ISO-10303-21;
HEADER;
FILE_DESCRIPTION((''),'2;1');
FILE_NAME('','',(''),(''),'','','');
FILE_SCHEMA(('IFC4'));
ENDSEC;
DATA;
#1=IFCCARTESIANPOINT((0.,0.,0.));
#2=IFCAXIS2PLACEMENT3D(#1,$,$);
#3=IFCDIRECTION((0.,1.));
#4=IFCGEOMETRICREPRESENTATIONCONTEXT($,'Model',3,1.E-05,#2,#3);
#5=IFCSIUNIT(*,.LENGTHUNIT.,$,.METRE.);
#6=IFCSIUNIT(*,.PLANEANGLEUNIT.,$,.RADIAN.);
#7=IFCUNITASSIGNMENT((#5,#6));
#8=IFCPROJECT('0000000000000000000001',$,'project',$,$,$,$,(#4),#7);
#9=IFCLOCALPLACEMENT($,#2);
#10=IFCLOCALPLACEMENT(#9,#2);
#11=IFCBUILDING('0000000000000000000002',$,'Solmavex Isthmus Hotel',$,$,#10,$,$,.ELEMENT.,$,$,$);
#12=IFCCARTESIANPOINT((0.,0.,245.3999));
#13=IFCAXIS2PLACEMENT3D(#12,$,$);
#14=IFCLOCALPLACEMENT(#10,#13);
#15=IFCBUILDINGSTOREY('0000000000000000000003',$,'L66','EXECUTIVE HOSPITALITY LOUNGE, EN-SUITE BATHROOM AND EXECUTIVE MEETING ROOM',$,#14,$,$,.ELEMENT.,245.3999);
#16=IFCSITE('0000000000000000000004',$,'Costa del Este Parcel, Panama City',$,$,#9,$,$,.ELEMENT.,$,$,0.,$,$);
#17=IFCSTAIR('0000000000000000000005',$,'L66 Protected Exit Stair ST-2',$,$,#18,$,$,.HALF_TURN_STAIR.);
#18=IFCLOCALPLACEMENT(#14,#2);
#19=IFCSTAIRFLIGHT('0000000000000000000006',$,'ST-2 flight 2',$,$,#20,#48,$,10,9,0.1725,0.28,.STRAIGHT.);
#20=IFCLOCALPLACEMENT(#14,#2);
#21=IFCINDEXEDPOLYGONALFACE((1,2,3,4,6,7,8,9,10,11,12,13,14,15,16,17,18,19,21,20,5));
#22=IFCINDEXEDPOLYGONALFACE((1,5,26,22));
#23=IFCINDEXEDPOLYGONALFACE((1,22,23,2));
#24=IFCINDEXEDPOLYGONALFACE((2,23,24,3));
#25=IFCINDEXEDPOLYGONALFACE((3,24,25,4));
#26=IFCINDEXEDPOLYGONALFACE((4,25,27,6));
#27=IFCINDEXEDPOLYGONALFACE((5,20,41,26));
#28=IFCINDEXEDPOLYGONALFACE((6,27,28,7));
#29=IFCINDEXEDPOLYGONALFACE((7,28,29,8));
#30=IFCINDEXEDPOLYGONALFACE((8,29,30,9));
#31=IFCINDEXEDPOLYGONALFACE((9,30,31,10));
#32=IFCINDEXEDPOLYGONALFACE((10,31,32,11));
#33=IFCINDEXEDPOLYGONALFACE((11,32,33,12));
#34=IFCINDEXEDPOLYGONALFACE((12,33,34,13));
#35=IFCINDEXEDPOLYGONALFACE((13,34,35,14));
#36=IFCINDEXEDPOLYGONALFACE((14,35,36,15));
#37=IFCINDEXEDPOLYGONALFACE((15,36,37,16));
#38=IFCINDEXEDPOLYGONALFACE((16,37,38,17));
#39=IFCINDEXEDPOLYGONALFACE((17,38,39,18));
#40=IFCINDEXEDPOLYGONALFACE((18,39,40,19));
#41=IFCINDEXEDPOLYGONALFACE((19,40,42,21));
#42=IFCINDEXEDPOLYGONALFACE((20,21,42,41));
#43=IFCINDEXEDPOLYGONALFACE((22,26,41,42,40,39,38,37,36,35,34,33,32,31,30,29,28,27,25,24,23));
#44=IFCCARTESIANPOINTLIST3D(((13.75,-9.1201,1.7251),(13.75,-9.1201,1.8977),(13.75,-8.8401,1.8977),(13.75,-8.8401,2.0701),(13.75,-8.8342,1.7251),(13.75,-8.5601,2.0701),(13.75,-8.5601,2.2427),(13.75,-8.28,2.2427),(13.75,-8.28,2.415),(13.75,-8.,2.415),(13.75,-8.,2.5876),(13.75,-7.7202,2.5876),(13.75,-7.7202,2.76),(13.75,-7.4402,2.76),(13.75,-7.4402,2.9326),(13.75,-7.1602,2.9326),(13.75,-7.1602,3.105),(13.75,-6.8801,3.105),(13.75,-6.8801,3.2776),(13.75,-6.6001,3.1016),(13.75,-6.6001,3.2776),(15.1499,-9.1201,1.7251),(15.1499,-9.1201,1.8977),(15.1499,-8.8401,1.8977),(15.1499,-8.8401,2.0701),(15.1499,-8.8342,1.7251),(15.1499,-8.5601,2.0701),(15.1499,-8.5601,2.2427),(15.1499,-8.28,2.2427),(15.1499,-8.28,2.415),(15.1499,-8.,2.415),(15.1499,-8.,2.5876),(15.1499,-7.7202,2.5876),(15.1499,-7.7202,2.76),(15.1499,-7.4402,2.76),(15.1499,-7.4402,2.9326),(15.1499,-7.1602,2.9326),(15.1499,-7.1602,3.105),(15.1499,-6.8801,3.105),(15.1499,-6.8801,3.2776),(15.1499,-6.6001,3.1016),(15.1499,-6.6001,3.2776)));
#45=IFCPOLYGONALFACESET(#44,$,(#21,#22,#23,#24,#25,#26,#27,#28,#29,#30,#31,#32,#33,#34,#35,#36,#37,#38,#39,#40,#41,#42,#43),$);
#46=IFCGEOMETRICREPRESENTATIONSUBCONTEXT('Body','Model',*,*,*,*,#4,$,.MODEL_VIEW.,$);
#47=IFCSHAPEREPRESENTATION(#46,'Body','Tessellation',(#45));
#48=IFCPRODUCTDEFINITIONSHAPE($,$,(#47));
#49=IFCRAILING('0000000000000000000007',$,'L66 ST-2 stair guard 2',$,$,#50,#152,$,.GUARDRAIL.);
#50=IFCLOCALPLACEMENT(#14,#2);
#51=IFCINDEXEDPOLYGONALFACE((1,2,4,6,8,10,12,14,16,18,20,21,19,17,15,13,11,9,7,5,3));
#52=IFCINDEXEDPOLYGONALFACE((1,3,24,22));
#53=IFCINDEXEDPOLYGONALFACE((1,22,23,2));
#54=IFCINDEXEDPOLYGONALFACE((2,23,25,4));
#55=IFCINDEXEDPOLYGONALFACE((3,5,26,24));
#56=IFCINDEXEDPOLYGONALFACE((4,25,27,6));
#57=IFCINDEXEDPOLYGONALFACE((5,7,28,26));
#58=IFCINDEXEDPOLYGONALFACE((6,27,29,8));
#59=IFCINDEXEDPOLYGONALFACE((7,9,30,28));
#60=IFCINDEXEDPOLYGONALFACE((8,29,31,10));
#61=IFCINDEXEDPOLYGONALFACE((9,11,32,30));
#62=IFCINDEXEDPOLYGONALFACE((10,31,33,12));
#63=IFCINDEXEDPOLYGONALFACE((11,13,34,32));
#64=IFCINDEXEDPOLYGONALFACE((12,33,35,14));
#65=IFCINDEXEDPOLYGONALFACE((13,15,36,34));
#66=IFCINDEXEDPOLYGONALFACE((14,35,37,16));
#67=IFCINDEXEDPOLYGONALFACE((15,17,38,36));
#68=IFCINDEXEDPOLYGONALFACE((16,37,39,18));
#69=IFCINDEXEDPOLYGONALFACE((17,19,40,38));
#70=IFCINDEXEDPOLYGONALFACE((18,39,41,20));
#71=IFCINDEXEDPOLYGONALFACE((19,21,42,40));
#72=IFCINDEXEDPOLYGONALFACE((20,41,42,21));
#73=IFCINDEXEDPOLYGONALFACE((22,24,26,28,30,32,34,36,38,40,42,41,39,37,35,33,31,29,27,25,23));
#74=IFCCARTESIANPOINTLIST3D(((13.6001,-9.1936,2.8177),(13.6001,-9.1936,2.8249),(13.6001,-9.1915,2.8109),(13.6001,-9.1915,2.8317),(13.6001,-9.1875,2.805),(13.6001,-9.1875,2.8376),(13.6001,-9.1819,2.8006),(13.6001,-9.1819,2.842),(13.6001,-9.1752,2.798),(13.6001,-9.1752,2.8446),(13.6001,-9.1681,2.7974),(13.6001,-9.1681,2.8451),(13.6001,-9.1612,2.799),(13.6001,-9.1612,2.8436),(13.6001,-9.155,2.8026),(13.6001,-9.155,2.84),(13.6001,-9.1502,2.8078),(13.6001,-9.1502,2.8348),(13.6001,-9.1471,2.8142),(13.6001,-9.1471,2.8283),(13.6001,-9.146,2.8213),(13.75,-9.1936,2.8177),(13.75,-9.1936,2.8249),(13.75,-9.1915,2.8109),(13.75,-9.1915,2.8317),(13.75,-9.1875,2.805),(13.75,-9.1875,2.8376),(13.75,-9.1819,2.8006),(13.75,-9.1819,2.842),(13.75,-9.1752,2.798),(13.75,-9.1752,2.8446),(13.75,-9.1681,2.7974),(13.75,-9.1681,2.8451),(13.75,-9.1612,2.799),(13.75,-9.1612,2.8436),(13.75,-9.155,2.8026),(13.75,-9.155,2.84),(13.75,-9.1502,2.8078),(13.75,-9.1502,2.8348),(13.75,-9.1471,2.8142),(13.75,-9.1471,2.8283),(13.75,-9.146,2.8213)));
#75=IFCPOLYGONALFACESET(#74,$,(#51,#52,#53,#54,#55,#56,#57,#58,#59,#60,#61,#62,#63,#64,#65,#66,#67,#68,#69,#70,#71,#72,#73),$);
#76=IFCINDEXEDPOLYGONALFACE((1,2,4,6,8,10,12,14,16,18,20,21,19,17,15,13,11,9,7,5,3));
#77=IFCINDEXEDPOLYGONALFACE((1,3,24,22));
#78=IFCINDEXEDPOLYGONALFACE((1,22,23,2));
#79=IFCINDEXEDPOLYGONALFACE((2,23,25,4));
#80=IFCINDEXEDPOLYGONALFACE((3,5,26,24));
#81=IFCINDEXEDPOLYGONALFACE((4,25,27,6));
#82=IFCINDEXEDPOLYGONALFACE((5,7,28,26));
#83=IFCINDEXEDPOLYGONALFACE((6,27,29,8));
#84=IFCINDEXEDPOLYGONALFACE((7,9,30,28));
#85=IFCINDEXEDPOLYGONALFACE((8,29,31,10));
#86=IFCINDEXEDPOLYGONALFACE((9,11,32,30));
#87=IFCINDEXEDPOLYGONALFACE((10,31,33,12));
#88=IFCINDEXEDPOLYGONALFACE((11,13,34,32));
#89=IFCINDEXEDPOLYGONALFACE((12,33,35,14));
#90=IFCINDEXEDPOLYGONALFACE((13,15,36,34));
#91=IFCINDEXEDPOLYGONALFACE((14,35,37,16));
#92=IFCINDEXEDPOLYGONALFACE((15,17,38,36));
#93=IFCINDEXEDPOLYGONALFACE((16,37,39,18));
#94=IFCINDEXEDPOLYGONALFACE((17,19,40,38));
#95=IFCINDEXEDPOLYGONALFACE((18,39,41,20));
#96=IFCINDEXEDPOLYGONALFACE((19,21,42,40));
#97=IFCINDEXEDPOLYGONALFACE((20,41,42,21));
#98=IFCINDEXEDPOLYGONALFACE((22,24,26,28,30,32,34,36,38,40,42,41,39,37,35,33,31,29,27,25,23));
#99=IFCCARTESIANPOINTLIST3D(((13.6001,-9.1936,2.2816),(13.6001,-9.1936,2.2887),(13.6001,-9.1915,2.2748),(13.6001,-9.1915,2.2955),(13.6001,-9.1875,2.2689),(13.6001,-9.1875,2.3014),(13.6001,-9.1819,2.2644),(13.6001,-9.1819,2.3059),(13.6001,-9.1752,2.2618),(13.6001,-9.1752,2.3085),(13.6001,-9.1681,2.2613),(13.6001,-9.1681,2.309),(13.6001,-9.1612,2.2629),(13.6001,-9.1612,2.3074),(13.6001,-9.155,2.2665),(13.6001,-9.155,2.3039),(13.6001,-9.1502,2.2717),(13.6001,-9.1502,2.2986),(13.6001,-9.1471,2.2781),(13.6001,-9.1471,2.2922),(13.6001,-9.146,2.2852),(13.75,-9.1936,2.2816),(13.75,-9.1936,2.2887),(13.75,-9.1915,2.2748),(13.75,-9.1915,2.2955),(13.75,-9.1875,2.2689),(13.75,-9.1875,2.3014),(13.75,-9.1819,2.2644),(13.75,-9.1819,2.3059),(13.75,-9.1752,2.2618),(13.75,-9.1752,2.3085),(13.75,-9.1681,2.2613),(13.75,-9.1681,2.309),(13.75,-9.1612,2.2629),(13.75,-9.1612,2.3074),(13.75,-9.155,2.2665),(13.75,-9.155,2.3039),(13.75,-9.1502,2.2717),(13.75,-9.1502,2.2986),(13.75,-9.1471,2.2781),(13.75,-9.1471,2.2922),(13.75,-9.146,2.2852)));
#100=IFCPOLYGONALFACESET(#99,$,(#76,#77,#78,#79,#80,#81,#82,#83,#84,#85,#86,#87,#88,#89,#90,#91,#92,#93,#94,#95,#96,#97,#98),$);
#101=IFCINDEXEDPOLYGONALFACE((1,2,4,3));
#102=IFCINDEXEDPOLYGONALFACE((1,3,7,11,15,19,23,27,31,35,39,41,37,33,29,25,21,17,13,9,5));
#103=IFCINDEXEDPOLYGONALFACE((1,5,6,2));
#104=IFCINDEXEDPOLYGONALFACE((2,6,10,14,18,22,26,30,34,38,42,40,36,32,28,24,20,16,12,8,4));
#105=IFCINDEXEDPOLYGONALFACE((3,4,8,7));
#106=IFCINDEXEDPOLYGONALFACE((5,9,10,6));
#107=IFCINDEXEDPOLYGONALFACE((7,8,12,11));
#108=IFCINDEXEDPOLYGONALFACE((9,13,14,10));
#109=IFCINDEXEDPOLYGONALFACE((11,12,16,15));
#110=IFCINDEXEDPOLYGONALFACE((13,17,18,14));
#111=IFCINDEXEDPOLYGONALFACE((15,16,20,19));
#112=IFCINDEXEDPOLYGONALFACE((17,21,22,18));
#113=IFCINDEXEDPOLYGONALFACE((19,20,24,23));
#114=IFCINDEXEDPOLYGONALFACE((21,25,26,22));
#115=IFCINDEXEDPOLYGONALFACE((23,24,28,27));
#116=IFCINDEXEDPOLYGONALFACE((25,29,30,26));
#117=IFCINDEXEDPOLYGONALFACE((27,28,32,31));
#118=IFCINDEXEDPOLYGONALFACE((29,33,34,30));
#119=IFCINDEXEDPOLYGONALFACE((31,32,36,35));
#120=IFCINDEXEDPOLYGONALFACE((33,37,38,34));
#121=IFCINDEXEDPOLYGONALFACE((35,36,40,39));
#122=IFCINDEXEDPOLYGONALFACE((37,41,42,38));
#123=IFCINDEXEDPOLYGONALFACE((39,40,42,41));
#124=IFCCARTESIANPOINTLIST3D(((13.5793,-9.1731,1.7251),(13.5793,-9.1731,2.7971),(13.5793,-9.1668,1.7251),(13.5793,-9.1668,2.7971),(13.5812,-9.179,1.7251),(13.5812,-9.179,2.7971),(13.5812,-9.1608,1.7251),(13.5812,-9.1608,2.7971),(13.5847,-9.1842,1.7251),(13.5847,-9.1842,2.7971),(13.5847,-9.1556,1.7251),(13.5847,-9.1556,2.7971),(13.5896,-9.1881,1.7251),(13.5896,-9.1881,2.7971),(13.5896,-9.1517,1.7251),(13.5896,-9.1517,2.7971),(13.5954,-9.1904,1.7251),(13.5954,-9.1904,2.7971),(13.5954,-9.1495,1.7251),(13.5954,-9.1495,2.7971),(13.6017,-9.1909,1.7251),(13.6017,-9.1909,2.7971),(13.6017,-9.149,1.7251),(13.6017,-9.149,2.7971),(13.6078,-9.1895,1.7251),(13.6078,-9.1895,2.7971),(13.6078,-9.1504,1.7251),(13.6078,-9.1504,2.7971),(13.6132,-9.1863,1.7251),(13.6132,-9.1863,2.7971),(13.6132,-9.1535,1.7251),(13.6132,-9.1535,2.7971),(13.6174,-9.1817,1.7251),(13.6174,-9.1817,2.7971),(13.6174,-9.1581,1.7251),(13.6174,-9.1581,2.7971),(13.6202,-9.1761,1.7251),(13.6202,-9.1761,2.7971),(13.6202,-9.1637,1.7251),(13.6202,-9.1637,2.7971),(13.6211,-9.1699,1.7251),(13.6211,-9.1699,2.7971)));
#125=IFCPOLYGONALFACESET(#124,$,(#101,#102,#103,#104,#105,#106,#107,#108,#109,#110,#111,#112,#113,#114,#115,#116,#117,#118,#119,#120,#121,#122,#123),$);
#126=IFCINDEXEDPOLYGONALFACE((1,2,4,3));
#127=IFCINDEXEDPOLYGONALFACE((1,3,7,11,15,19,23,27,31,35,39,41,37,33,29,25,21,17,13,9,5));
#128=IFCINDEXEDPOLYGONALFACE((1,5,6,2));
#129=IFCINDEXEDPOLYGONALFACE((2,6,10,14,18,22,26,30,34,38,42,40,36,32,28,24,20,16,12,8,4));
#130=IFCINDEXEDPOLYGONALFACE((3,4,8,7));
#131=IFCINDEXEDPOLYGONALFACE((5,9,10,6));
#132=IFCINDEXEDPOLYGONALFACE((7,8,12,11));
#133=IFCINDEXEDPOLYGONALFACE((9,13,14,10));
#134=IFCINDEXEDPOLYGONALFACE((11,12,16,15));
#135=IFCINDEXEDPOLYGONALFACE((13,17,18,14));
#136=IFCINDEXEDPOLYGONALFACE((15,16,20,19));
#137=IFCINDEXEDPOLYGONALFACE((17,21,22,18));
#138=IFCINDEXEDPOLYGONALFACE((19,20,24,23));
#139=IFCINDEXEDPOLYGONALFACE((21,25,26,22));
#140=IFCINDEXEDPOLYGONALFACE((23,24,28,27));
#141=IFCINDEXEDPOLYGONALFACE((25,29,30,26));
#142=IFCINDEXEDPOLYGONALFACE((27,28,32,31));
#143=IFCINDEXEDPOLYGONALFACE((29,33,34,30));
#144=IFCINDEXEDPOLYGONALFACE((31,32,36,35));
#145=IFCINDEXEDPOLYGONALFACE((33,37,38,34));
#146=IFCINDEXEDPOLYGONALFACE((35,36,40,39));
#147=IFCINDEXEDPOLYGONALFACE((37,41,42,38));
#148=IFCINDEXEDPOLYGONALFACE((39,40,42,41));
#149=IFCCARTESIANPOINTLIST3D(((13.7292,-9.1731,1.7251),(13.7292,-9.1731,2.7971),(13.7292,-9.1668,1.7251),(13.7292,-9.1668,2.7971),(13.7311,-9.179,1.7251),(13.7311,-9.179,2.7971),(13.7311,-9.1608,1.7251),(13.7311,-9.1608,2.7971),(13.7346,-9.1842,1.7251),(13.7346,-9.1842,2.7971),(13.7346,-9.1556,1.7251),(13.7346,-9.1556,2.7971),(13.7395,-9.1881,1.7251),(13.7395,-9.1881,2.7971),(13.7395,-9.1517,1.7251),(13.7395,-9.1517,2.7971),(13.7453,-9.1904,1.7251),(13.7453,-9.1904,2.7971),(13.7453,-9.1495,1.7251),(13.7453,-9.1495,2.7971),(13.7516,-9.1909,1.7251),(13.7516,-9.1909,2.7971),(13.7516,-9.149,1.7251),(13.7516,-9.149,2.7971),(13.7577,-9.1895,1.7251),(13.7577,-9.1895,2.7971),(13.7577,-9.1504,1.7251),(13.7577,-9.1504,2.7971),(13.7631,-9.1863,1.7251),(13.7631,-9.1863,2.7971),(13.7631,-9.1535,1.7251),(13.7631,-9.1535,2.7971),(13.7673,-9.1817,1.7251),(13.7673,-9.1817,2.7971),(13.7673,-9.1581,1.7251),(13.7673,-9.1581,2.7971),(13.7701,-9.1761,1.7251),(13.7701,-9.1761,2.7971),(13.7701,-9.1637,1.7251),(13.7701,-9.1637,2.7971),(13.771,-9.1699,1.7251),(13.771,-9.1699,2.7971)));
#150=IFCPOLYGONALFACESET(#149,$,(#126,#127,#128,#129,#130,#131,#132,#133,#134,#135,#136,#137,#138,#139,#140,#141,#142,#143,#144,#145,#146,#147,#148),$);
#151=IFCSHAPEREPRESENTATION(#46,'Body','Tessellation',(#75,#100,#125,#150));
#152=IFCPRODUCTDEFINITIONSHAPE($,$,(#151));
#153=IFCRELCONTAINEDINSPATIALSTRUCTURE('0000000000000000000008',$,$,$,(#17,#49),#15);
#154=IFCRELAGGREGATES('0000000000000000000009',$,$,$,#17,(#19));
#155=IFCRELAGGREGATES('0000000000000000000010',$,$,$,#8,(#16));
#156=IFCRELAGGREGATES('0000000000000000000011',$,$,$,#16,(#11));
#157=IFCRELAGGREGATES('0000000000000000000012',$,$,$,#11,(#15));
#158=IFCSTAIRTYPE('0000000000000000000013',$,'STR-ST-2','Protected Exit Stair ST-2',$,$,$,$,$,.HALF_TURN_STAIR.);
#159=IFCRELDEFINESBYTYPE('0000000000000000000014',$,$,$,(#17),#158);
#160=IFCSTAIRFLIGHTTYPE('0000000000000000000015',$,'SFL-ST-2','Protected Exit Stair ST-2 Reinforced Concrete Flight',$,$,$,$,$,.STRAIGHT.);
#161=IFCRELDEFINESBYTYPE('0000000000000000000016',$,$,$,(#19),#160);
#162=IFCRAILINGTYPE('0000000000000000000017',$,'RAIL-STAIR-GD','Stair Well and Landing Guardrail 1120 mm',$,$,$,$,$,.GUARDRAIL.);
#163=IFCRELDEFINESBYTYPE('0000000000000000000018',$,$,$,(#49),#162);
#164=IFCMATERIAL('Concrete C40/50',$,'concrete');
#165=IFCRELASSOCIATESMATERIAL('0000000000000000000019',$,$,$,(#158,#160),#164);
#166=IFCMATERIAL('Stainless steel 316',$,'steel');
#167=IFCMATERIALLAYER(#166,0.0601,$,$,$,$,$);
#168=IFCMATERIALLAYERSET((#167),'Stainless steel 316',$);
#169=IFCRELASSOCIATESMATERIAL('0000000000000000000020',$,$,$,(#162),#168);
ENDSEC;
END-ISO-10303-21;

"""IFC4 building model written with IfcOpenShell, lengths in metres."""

from ifc_helpers import new_model, si_unit, direction, frame, origin, origin_2d, place, context, subcontext, project, spatial, polyline, circle, outline, extrude, material, layer, layer_set, type_object, element, aggregate, save


model = new_model("IFC4")

# Units and contexts
model_context = context("Model", 3, precision=1e-05, world=origin(), true_north=direction((0.0, 1.0)))
body_context = subcontext(model_context, "Body", "Model", "MODEL_VIEW")
ifc_project = project(units=[si_unit("LENGTHUNIT", "METRE"), si_unit("PLANEANGLEUNIT", "RADIAN")], contexts=[model_context])

# Site, building, storey
site_placement = place(None, origin())
site = spatial("IfcSite", under=ifc_project, at=site_placement, Name="Costa del Este Parcel, Panama City", CompositionType="ELEMENT", RefElevation=0.0)
building_placement = place(site_placement, origin())
building = spatial("IfcBuilding", under=site, at=building_placement, Name="Solmavex Isthmus Hotel", CompositionType="ELEMENT")
storey_placement = place(building_placement, frame((0.0, 0.0, 245.3999)))
storey = spatial("IfcBuildingStorey", under=building, at=storey_placement, Name="L66", Description="EXECUTIVE HOSPITALITY LOUNGE, EN-SUITE BATHROOM AND EXECUTIVE MEETING ROOM", CompositionType="ELEMENT", Elevation=245.3999)

# Shared definitions
ifc_material_1 = material(Name="Concrete C40/50", Category="concrete")

# Stair, stair flight
stair_type = type_object("IfcStairType", Name="STR-ST-2", Description="Protected Exit Stair ST-2", PredefinedType="HALF_TURN_STAIR", material=ifc_material_1)
stair_placement = place(storey_placement, origin())
stair = element("IfcStair", 1, at=stair_placement, inside=storey, type_object=stair_type, Name="L66 Protected Exit Stair ST-2", PredefinedType="HALF_TURN_STAIR")
stair_flight_type = type_object("IfcStairFlightType", Name="SFL-ST-2", Description="Protected Exit Stair ST-2 Reinforced Concrete Flight", PredefinedType="STRAIGHT", material=ifc_material_1)
stair_flight_placement = place(storey_placement, frame((14.45, -9.1201, 1.7251), z_axis=(0.0, 0.0, 1.0), x_axis=(0.0, 1.0, 0.0)))
stair_flight = element("IfcStairFlight", 2, at=stair_flight_placement, type_object=stair_flight_type, Name="ST-2 flight 2", NumberOfRisers=10, NumberOfTreads=9, PredefinedType="STRAIGHT", RiserHeight=0.1725, TreadLength=0.28, context=body_context, shape_type="SweptSolid", body=[
    extrude(outline(polyline([(0.0, 0.0), (0.0, 0.1726), (0.28, 0.1726), (0.28, 0.345), (0.5601, 0.345), (0.5601, 0.5176), (0.8401, 0.5176), (0.8401, 0.6899), (1.1201, 0.6899), (1.1201, 0.8625), (1.3999, 0.8625), (1.3999, 1.0349), (1.6799, 1.0349), (1.6799, 1.2075), (1.96, 1.2075), (1.96, 1.3799), (2.24, 1.3799), (2.24, 1.5525), (2.52, 1.5525), (2.52, 1.7251), (2.52, 1.3765), (0.2859, 0.0), (0.0, 0.0)])), frame((0.0, 0.7, 0.0), z_axis=(0.0, -1.0, 0.0), x_axis=(1.0, 0.0, 0.0)), (0.0, 0.0, 1.0), 1.3999),
])
aggregate(stair, [stair_flight])

# Railing
ifc_material_2 = material(Name="Stainless steel 316", Category="steel")
ifc_layer_1 = layer(ifc_material_2, 0.0601)
ifc_layer_set_1 = layer_set([ifc_layer_1], Name="Stainless steel 316")
railing_type = type_object("IfcRailingType", Name="RAIL-STAIR-GD", Description="Stair Well and Landing Guardrail 1120 mm", PredefinedType="GUARDRAIL", material=ifc_layer_set_1)
railing_1_placement = place(storey_placement, frame((13.6001, -9.1699, 1.7251)))
element("IfcRailing", 3, at=railing_1_placement, inside=storey, type_object=railing_type, Name="L66 ST-2 stair guard 2", PredefinedType="GUARDRAIL", context=body_context, shape_type="SweptSolid", body=[
    extrude(circle(Radius=0.0239, at=origin_2d()), frame((0.0, 0.0, 1.0962), z_axis=(1.0, 0.0, 0.0), x_axis=(0.0, 1.0, 0.0)), (0.0, 0.0, 1.0), 0.1499),
    extrude(circle(Radius=0.0239, at=origin_2d()), frame((0.0, 0.0, 0.5601), z_axis=(1.0, 0.0, 0.0), x_axis=(0.0, 1.0, 0.0)), (0.0, 0.0, 1.0), 0.1499),
    extrude(circle(Radius=0.021, at=origin_2d()), origin(), (0.0, 0.0, 1.0), 1.072),
    extrude(circle(Radius=0.021, at=origin_2d()), frame((0.1499, 0.0, 0.0)), (0.0, 0.0, 1.0), 1.072),
])

save(model, "model.ifc")
